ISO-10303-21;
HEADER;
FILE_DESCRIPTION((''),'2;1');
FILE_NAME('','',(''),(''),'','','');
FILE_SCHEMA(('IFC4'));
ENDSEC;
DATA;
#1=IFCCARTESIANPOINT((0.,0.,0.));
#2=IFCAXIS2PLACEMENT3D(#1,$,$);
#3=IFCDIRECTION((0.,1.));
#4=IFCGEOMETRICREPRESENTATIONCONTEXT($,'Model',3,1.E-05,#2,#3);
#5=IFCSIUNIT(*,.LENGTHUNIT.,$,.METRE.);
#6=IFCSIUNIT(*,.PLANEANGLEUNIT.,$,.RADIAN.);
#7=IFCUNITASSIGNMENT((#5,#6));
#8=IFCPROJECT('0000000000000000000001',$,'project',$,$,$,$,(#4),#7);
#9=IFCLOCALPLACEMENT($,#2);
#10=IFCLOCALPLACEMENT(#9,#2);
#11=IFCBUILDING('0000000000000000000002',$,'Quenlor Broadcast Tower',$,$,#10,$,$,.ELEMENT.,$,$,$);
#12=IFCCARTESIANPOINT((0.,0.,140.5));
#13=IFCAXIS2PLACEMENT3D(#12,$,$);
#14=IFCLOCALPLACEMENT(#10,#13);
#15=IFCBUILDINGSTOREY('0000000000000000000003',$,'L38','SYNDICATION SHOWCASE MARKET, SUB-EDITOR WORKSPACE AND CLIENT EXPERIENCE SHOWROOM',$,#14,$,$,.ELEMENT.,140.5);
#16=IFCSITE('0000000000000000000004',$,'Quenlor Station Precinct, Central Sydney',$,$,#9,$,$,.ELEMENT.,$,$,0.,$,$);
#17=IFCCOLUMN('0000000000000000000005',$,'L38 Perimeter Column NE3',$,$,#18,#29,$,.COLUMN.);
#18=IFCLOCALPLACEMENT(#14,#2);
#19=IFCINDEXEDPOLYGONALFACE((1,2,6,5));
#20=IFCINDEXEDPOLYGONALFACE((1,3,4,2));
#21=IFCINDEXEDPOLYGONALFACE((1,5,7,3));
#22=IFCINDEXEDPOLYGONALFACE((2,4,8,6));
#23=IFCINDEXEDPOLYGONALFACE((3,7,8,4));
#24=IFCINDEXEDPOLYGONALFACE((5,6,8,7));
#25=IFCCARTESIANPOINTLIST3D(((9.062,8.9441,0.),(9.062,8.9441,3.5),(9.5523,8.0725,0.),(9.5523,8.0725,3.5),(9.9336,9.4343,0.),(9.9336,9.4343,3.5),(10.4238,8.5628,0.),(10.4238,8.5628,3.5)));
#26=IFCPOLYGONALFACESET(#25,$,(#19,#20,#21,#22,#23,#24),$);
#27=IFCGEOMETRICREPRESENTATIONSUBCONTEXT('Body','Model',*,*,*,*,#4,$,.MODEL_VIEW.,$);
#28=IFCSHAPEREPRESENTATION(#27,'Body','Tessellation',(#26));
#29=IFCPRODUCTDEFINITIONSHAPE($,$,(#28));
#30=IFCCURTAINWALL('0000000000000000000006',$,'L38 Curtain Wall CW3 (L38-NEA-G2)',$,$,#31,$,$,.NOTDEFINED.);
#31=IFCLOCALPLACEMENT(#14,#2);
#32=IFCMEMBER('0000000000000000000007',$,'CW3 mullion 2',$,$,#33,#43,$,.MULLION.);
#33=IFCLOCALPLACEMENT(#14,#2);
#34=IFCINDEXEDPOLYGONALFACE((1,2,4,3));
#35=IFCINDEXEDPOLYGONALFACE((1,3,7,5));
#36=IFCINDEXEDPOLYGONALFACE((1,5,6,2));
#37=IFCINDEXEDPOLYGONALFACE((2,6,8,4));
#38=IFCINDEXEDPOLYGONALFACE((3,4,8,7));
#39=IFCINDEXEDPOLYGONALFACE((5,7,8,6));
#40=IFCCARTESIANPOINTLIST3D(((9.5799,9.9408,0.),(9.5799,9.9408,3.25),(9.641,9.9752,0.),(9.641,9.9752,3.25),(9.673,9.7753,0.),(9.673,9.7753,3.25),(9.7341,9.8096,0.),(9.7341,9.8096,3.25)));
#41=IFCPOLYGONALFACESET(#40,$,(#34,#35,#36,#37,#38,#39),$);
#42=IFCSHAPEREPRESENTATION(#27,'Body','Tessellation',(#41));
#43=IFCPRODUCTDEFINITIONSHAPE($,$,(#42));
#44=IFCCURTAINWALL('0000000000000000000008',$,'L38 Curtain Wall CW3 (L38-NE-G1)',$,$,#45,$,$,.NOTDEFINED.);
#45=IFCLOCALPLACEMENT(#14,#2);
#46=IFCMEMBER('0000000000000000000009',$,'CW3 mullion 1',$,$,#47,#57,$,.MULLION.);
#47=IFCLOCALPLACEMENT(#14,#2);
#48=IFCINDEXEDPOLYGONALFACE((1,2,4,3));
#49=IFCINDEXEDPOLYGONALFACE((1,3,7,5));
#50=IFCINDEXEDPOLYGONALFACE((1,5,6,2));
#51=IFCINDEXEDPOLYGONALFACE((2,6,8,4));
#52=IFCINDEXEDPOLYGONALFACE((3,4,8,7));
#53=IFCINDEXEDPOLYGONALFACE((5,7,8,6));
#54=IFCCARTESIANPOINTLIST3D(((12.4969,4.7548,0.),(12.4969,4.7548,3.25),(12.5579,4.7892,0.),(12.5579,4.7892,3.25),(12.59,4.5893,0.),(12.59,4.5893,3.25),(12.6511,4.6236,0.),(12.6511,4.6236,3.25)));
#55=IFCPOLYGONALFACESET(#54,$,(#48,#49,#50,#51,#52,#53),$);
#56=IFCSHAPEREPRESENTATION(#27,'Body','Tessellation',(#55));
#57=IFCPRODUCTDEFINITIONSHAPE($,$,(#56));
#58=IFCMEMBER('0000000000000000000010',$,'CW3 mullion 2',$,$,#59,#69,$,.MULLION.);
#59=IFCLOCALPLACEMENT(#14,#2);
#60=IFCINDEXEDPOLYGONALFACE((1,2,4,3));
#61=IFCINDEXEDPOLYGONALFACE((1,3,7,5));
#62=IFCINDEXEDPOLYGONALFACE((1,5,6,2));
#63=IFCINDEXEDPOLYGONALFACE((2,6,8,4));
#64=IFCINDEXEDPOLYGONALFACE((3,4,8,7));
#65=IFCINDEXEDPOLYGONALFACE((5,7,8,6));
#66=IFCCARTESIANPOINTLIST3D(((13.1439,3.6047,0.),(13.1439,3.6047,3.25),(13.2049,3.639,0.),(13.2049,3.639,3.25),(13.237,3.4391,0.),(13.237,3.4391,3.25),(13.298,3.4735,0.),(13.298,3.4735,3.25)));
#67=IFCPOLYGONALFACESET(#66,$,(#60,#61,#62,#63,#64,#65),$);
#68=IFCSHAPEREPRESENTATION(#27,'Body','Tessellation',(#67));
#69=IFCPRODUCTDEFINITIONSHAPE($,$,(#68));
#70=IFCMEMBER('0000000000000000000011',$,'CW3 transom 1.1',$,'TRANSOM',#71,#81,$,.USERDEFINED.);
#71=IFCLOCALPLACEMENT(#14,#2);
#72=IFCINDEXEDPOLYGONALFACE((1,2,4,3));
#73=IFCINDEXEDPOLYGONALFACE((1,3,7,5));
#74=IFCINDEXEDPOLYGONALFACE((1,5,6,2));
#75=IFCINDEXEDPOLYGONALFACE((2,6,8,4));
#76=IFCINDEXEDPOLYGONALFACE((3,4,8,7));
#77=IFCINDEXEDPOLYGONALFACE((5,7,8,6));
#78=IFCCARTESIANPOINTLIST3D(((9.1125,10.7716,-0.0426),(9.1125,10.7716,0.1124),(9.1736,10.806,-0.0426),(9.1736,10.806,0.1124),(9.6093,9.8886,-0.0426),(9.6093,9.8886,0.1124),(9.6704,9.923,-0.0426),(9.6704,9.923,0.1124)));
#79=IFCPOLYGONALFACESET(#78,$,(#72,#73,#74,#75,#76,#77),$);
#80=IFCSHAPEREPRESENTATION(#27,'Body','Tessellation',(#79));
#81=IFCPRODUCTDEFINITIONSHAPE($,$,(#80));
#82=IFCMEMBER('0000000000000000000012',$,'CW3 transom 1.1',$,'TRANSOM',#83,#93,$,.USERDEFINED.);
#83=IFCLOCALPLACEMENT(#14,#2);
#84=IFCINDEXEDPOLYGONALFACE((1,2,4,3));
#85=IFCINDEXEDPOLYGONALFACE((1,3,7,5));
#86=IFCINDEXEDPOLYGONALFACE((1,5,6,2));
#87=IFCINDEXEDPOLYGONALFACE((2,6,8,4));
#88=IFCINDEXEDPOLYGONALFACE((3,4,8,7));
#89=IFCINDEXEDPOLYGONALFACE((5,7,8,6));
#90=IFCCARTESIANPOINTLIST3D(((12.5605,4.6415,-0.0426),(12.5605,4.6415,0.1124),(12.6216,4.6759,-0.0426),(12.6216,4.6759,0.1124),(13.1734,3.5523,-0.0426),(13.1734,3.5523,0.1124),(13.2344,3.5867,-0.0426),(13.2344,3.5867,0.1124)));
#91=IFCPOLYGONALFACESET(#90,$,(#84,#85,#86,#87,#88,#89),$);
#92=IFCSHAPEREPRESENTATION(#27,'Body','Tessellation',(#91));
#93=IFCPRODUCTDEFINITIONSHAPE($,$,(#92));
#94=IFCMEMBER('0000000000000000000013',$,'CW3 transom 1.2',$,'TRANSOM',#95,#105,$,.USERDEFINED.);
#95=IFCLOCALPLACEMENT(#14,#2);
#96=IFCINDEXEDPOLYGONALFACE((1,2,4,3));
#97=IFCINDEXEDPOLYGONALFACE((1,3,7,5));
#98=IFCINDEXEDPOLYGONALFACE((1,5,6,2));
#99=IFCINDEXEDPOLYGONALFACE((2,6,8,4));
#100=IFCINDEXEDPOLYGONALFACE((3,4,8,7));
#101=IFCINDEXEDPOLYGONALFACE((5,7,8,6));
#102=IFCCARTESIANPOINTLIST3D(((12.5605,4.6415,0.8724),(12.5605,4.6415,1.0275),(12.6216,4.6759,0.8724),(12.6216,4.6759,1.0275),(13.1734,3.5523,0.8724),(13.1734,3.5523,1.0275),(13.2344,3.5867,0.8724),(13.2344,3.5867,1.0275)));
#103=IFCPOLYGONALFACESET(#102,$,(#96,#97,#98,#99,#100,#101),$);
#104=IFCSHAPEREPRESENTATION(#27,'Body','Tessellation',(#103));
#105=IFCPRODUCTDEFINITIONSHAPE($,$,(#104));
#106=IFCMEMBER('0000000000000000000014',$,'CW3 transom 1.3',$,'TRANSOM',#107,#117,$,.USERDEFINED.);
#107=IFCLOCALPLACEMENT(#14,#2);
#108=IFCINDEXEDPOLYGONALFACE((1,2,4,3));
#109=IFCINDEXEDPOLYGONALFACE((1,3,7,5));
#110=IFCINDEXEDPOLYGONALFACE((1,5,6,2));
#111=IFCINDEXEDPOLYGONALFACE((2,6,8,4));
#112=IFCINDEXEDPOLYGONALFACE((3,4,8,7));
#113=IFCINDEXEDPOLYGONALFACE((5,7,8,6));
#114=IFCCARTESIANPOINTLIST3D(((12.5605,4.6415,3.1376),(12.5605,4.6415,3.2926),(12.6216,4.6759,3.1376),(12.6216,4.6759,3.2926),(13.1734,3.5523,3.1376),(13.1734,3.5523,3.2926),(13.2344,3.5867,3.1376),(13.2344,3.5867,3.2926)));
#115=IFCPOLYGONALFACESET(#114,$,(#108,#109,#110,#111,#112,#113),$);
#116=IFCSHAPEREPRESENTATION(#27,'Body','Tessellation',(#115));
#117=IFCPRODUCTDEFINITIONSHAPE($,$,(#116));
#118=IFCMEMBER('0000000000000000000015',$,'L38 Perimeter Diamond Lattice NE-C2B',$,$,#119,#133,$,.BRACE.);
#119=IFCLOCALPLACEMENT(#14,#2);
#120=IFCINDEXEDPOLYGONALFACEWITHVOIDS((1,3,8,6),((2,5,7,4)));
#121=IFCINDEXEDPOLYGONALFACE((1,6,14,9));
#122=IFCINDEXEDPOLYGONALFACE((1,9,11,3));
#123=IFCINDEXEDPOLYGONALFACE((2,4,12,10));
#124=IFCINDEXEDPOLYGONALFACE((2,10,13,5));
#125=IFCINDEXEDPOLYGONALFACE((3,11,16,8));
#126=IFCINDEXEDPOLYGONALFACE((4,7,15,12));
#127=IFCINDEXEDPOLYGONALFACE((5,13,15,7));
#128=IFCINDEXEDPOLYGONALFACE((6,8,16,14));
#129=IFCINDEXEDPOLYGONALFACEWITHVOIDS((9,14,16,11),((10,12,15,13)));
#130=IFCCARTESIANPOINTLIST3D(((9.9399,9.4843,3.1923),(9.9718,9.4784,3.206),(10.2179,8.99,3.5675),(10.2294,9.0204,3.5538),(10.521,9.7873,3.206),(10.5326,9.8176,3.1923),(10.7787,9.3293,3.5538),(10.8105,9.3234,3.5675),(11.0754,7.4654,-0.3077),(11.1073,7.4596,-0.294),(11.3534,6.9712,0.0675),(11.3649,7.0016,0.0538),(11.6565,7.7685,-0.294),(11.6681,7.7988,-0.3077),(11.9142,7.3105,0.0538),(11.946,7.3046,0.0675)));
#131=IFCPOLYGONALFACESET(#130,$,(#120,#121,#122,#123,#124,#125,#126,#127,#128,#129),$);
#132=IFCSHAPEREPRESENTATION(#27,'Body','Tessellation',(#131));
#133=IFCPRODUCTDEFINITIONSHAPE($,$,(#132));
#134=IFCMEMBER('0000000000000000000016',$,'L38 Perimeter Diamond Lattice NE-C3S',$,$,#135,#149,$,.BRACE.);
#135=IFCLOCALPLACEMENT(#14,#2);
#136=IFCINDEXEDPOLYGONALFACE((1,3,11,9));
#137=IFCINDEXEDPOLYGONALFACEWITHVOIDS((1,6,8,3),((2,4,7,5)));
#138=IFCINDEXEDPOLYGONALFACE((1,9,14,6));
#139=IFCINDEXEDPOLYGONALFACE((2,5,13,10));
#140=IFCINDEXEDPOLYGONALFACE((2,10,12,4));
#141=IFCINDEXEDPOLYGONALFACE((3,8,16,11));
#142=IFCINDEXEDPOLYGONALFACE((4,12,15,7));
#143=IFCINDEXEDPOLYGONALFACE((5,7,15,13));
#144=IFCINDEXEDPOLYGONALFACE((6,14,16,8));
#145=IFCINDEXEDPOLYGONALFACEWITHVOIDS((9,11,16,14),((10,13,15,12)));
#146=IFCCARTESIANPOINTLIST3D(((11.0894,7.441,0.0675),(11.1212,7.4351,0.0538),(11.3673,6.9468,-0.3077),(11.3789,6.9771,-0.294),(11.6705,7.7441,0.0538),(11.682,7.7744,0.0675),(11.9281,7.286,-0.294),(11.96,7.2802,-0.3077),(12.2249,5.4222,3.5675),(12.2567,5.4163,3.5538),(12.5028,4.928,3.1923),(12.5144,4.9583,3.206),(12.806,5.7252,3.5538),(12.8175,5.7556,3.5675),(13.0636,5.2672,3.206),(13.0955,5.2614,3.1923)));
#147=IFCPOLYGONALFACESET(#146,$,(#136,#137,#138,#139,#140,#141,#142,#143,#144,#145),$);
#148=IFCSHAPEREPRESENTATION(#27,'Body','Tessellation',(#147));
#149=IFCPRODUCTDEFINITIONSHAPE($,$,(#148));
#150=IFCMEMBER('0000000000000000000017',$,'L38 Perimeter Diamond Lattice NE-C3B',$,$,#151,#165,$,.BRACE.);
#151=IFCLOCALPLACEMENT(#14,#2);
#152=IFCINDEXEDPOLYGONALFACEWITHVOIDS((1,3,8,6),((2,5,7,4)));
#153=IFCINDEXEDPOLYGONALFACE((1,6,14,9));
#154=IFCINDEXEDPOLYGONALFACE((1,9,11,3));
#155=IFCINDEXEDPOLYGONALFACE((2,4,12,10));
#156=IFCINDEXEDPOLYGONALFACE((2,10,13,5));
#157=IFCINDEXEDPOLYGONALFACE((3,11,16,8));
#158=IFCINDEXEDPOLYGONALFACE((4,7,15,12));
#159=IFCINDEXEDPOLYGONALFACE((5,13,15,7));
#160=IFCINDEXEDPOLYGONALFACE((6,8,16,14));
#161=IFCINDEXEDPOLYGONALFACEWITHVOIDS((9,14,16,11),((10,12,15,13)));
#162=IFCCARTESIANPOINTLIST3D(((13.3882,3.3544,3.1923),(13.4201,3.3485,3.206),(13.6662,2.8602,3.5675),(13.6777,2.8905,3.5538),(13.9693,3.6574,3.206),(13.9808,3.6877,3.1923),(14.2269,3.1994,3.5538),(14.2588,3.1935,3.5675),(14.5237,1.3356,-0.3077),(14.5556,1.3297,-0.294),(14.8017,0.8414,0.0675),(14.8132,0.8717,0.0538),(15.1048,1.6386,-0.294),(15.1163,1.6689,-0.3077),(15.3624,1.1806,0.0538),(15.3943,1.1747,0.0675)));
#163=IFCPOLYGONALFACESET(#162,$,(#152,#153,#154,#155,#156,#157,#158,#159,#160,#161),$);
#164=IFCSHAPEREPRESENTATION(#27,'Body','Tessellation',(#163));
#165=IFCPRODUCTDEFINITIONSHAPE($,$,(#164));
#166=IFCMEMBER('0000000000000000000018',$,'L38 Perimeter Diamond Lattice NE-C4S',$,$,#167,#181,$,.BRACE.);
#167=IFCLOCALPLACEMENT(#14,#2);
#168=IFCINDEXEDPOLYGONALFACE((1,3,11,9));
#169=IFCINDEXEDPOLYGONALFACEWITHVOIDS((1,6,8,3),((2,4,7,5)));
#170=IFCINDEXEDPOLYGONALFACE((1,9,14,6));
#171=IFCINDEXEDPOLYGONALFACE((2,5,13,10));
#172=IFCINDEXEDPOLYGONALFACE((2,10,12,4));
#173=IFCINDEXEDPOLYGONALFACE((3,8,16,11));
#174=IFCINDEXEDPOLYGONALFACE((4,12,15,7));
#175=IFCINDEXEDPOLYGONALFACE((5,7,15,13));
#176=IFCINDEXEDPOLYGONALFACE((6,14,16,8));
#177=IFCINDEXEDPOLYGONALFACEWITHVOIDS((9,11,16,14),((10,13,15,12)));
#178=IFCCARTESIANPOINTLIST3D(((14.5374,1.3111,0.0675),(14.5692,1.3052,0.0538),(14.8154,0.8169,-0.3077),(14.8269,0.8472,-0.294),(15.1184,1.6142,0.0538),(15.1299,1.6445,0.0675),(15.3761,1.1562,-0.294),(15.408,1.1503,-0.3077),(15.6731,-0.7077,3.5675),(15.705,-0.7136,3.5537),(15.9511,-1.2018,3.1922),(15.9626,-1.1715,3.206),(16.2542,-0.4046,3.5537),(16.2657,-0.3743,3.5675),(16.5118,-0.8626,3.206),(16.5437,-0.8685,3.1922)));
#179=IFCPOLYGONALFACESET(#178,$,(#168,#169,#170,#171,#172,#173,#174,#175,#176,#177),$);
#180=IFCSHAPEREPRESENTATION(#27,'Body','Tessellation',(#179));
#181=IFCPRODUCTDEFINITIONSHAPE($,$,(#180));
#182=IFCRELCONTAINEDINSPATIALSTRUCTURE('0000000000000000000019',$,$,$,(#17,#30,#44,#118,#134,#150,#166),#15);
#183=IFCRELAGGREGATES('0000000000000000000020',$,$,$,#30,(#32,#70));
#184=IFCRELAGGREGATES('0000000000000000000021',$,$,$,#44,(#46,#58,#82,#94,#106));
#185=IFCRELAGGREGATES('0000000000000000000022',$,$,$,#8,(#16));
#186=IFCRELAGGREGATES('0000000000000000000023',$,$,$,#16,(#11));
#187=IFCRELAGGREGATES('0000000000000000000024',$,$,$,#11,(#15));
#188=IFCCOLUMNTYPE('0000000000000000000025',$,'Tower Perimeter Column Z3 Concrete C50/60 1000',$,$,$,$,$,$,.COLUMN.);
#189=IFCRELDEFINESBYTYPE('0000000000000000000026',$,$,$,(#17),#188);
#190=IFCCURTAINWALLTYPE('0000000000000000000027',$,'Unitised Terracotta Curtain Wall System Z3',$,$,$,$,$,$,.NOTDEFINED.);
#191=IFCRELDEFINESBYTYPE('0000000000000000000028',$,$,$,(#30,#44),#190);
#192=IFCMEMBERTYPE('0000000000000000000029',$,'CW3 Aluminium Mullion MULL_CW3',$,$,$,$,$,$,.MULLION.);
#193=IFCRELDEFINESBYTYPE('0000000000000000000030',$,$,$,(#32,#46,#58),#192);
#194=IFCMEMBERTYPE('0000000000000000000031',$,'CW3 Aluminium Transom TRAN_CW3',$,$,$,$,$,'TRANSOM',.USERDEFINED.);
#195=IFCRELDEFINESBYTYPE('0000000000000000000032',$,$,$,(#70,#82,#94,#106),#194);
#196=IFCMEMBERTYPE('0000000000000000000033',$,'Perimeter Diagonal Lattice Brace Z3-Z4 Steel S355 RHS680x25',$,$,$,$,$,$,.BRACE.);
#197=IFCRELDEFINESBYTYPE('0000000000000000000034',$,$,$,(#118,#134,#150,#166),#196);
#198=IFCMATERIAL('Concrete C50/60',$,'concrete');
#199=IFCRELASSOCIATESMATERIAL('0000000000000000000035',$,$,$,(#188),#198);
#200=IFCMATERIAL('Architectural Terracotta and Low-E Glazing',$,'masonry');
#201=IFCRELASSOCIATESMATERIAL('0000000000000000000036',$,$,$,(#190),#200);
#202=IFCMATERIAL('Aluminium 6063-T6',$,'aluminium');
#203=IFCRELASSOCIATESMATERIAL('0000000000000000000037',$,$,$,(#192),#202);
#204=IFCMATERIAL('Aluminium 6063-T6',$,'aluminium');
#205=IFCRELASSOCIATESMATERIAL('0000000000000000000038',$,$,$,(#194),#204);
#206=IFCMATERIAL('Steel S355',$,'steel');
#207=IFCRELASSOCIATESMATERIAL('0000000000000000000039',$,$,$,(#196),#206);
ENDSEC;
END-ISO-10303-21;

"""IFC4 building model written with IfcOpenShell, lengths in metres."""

from ifc_helpers import new_model, si_unit, direction, frame, origin, origin_2d, place, context, subcontext, project, spatial, rectangle, hollow_rectangle, extrude, material, material_profile, profile_set, type_object, element, aggregate, save


model = new_model("IFC4")

# Units and contexts
model_context = context("Model", 3, precision=1e-05, world=origin(), true_north=direction((0.0, 1.0)))
body_context = subcontext(model_context, "Body", "Model", "MODEL_VIEW")
ifc_project = project(units=[si_unit("LENGTHUNIT", "METRE"), si_unit("PLANEANGLEUNIT", "RADIAN")], contexts=[model_context])

# Site, building, storey
site_placement = place(None, origin())
site = spatial("IfcSite", under=ifc_project, at=site_placement, Name="Quenlor Station Precinct, Central Sydney", CompositionType="ELEMENT", RefElevation=0.0)
building_placement = place(site_placement, origin())
building = spatial("IfcBuilding", under=site, at=building_placement, Name="Quenlor Broadcast Tower", CompositionType="ELEMENT")
storey_placement = place(building_placement, frame((0.0, 0.0, 140.5)))
storey = spatial("IfcBuildingStorey", under=building, at=storey_placement, Name="L38", Description="SYNDICATION SHOWCASE MARKET, SUB-EDITOR WORKSPACE AND CLIENT EXPERIENCE SHOWROOM", CompositionType="ELEMENT", Elevation=140.5)

# Column
ifc_material_1 = material(Name="Concrete C50/60", Category="concrete")
ifc_material_profile_1 = material_profile(ifc_material_1, rectangle(XDim=1.0, YDim=1.0, at=origin_2d()))
ifc_profile_set_1 = profile_set([ifc_material_profile_1], Name="Concrete C50/60 RC1000x1000")
column_type = type_object("IfcColumnType", Name="Tower Perimeter Column Z3 Concrete C50/60 1000", PredefinedType="COLUMN", material=ifc_profile_set_1)
column_placement = place(storey_placement, frame((9.7429, 8.7534, 0.0), z_axis=(0.0, 0.0, 1.0), x_axis=(0.871575, 0.490262, 0.0)))
element("IfcColumn", 1, at=column_placement, inside=storey, type_object=column_type, Name="L38 Perimeter Column NE3", PredefinedType="COLUMN", context=body_context, shape_type="SweptSolid", body=[
    extrude(rectangle(XDim=1.0, YDim=1.0, at=origin_2d()), origin(), (0.0, 0.0, 1.0), 3.5),
])

# Curtain wall, member
ifc_material_2 = material(Name="Architectural Terracotta and Low-E Glazing", Category="masonry")
curtain_wall_type = type_object("IfcCurtainWallType", Name="Unitised Terracotta Curtain Wall System Z3", PredefinedType="NOTDEFINED", material=ifc_material_2)
curtain_wall_1_placement = place(storey_placement, origin())
curtain_wall_1 = element("IfcCurtainWall", 2, at=curtain_wall_1_placement, inside=storey, type_object=curtain_wall_type, Name="L38 Curtain Wall CW3 (L38-NEA-G2)", PredefinedType="NOTDEFINED")
ifc_material_3 = material(Name="Aluminium 6063-T6", Category="aluminium")
ifc_material_profile_2 = material_profile(ifc_material_3, rectangle(XDim=0.0701, YDim=0.1899, at=origin_2d()))
ifc_profile_set_2 = profile_set([ifc_material_profile_2], Name="Aluminium 6063-T6 MULL70x190")
member_type_1 = type_object("IfcMemberType", Name="CW3 Aluminium Mullion MULL_CW3", PredefinedType="MULLION", material=ifc_profile_set_2)
member_1_placement = place(storey_placement, frame((9.657, 9.8752, 0.0), z_axis=(0.0, 0.0, 1.0), x_axis=(0.871601, 0.490216, 0.0)))
member_1 = element("IfcMember", 3, at=member_1_placement, type_object=member_type_1, Name="CW3 mullion 2", PredefinedType="MULLION", context=body_context, shape_type="SweptSolid", body=[
    extrude(rectangle(XDim=0.0701, YDim=0.1899, at=origin_2d()), origin(), (0.0, 0.0, 1.0), 3.25),
])

# Curtain wall, members
curtain_wall_2_placement = place(storey_placement, origin())
curtain_wall_2 = element("IfcCurtainWall", 4, at=curtain_wall_2_placement, inside=storey, type_object=curtain_wall_type, Name="L38 Curtain Wall CW3 (L38-NE-G1)", PredefinedType="NOTDEFINED")
member_2_placement = place(storey_placement, frame((12.574, 4.6892, 0.0), z_axis=(0.0, 0.0, 1.0), x_axis=(0.871562, 0.490285, 0.0)))
member_2 = element("IfcMember", 5, at=member_2_placement, type_object=member_type_1, Name="CW3 mullion 1", PredefinedType="MULLION", context=body_context, shape_type="SweptSolid", body=[
    extrude(rectangle(XDim=0.0701, YDim=0.1899, at=origin_2d()), origin(), (0.0, 0.0, 1.0), 3.25),
])
member_3_placement = place(storey_placement, frame((13.2209, 3.5391, 0.0), z_axis=(0.0, 0.0, 1.0), x_axis=(0.871562, 0.490285, 0.0)))
member_3 = element("IfcMember", 6, at=member_3_placement, type_object=member_type_1, Name="CW3 mullion 2", PredefinedType="MULLION", context=body_context, shape_type="SweptSolid", body=[
    extrude(rectangle(XDim=0.0701, YDim=0.1899, at=origin_2d()), origin(), (0.0, 0.0, 1.0), 3.25),
])

# Members
ifc_material_4 = material(Name="Aluminium 6063-T6", Category="aluminium")
ifc_material_profile_3 = material_profile(ifc_material_4, rectangle(XDim=0.0701, YDim=0.155, at=origin_2d()))
ifc_profile_set_3 = profile_set([ifc_material_profile_3], Name="Aluminium 6063-T6 TRAN70x155")
member_type_2 = type_object("IfcMemberType", Name="CW3 Aluminium Transom TRAN_CW3", ElementType="TRANSOM", PredefinedType="USERDEFINED", material=ifc_profile_set_3)
member_4_placement = place(storey_placement, frame((9.1431, 10.7888, 0.0349), z_axis=(0.490341, -0.87153, 0.0), x_axis=(0.87153, 0.490341, 0.0)))
member_4 = element("IfcMember", 7, at=member_4_placement, type_object=member_type_2, Name="CW3 transom 1.1", ObjectType="TRANSOM", PredefinedType="USERDEFINED", context=body_context, shape_type="SweptSolid", body=[
    extrude(rectangle(XDim=0.0701, YDim=0.155, at=origin_2d()), origin(), (0.0, 0.0, 1.0), 1.0132),
])
member_5_placement = place(storey_placement, frame((12.5911, 4.6587, 0.0349), z_axis=(0.490363, -0.871518, 0.0), x_axis=(0.871518, 0.490363, 0.0)))
member_5 = element("IfcMember", 8, at=member_5_placement, type_object=member_type_2, Name="CW3 transom 1.1", ObjectType="TRANSOM", PredefinedType="USERDEFINED", context=body_context, shape_type="SweptSolid", body=[
    extrude(rectangle(XDim=0.0701, YDim=0.155, at=origin_2d()), origin(), (0.0, 0.0, 1.0), 1.2498),
])
member_6_placement = place(storey_placement, frame((12.5911, 4.6587, 0.95), z_axis=(0.490363, -0.871518, 0.0), x_axis=(0.871518, 0.490363, 0.0)))
member_6 = element("IfcMember", 9, at=member_6_placement, type_object=member_type_2, Name="CW3 transom 1.2", ObjectType="TRANSOM", PredefinedType="USERDEFINED", context=body_context, shape_type="SweptSolid", body=[
    extrude(rectangle(XDim=0.0701, YDim=0.155, at=origin_2d()), origin(), (0.0, 0.0, 1.0), 1.2498),
])
member_7_placement = place(storey_placement, frame((12.5911, 4.6587, 3.2151), z_axis=(0.490363, -0.871518, 0.0), x_axis=(0.871518, 0.490363, 0.0)))
member_7 = element("IfcMember", 10, at=member_7_placement, type_object=member_type_2, Name="CW3 transom 1.3", ObjectType="TRANSOM", PredefinedType="USERDEFINED", context=body_context, shape_type="SweptSolid", body=[
    extrude(rectangle(XDim=0.0701, YDim=0.155, at=origin_2d()), origin(), (0.0, 0.0, 1.0), 1.2498),
])

# Members
ifc_material_5 = material(Name="Steel S355", Category="steel")
ifc_material_profile_4 = material_profile(ifc_material_5, hollow_rectangle(XDim=0.6799, YDim=0.6799, WallThickness=0.0249, at=origin_2d()))
ifc_profile_set_4 = profile_set([ifc_material_profile_4], Name="Steel S355 RHS680x680x25")
member_type_3 = type_object("IfcMemberType", Name="Perimeter Diagonal Lattice Brace Z3-Z4 Steel S355 RHS680x25", PredefinedType="BRACE", material=ifc_profile_set_4)
for number, where, z_axis, x_axis, name in (
    (11, (11.5107, 7.385, -0.1201), (-0.270549, 0.481009, 0.833927), (-0.87159, -0.490236, 0.0), "L38 Perimeter Diamond Lattice NE-C2B"),
    (12, (11.5247, 7.3606, -0.1201), (0.270549, -0.481009, 0.833927), (0.87159, 0.490236, 0.0), "L38 Perimeter Diamond Lattice NE-C3S"),
    (13, (14.959, 1.2551, -0.1201), (-0.270549, 0.481009, 0.833927), (-0.87159, -0.490236, 0.0), "L38 Perimeter Diamond Lattice NE-C3B"),
    (14, (14.9727, 1.2307, -0.1201), (0.270603, -0.481001, 0.833914), (0.871545, 0.490316, 0.0), "L38 Perimeter Diamond Lattice NE-C4S"),
):
    element("IfcMember", number, at=place(storey_placement, frame(where, z_axis=z_axis, x_axis=x_axis)), inside=storey, type_object=member_type_3, Name=name, PredefinedType="BRACE", context=body_context, shape_type="SweptSolid", body=[
        extrude(hollow_rectangle(XDim=0.6799, YDim=0.6799, WallThickness=0.0249, at=origin_2d()), origin(), (0.0, 0.0, 1.0), 4.197),
    ])

aggregate(curtain_wall_1, [member_1, member_4])
aggregate(curtain_wall_2, [member_2, member_3, member_5, member_6, member_7])

save(model, "model.ifc")
